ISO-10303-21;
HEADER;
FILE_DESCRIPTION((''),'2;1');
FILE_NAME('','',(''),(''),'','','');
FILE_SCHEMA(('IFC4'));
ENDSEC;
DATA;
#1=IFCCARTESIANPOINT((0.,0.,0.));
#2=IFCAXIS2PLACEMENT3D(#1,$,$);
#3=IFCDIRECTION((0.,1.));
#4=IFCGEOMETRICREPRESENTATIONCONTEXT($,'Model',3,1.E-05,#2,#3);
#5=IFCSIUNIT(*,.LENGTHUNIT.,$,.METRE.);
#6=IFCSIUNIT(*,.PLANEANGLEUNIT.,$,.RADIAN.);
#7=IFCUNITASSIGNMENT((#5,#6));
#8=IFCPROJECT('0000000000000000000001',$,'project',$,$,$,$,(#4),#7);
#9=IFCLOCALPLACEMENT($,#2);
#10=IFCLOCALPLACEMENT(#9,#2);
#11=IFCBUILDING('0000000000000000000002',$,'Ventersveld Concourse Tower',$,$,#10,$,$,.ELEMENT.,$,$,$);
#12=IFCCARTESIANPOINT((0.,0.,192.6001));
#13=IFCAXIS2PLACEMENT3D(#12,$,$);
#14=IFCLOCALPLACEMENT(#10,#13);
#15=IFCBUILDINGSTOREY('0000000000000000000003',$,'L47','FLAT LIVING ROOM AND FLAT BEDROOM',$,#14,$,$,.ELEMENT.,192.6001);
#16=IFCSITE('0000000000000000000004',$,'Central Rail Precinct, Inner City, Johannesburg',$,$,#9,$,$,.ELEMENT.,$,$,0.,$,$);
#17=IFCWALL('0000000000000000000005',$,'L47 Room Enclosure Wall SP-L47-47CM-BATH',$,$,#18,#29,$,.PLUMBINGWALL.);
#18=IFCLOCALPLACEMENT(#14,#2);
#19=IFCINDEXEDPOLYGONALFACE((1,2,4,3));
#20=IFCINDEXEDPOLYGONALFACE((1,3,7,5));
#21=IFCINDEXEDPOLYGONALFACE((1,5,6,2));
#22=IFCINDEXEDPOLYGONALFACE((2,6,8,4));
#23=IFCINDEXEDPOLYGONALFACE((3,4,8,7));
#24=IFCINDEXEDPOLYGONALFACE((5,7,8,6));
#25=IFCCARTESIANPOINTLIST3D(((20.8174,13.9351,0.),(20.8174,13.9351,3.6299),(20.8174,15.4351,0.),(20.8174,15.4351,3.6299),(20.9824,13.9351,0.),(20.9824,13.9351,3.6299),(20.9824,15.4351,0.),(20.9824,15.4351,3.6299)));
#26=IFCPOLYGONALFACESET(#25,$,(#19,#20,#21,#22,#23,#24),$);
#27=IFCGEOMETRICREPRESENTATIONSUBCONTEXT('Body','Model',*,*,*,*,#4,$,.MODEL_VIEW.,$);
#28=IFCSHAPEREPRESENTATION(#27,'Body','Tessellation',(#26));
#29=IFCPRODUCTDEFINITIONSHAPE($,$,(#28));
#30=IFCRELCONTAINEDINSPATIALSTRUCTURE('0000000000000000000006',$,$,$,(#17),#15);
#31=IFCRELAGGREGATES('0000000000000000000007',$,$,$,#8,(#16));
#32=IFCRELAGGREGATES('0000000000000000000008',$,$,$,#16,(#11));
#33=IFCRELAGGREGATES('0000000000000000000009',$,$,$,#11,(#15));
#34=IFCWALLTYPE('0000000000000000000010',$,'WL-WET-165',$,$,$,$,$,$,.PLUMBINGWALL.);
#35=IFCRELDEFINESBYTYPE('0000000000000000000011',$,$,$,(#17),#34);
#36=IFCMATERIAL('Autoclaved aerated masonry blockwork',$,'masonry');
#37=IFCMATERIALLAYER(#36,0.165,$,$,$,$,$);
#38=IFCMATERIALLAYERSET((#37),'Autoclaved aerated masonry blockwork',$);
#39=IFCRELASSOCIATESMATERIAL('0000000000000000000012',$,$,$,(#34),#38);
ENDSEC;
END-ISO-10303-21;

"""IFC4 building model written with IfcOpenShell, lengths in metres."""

from ifc_helpers import new_model, si_unit, direction, frame, frame_2d, origin, place, context, subcontext, project, spatial, rectangle, extrude, material, layer, layer_set, type_object, element, save


model = new_model("IFC4")

# Units and contexts
model_context = context("Model", 3, precision=1e-05, world=origin(), true_north=direction((0.0, 1.0)))
body_context = subcontext(model_context, "Body", "Model", "MODEL_VIEW")
ifc_project = project(units=[si_unit("LENGTHUNIT", "METRE"), si_unit("PLANEANGLEUNIT", "RADIAN")], contexts=[model_context])

# Site, building, storey
site_placement = place(None, origin())
site = spatial("IfcSite", under=ifc_project, at=site_placement, Name="Central Rail Precinct, Inner City, Johannesburg", CompositionType="ELEMENT", RefElevation=0.0)
building_placement = place(site_placement, origin())
building = spatial("IfcBuilding", under=site, at=building_placement, Name="Ventersveld Concourse Tower", CompositionType="ELEMENT")
storey_placement = place(building_placement, frame((0.0, 0.0, 192.6001)))
storey = spatial("IfcBuildingStorey", under=building, at=storey_placement, Name="L47", Description="FLAT LIVING ROOM AND FLAT BEDROOM", CompositionType="ELEMENT", Elevation=192.6001)

# Shared definitions
ifc_material_1 = material(Name="Autoclaved aerated masonry blockwork", Category="masonry")
ifc_layer_1 = layer(ifc_material_1, 0.165)
ifc_layer_set_1 = layer_set([ifc_layer_1], Name="Autoclaved aerated masonry blockwork")
wall_type_1 = type_object("IfcWallType", Name="WL-WET-165", PredefinedType="PLUMBINGWALL", material=ifc_layer_set_1)

# Wall
wall_1_placement = place(storey_placement, frame((20.8999, 13.9351, 0.0), z_axis=(0.0, 0.0, 1.0), x_axis=(0.0, 1.0, 0.0)))
element("IfcWall", 1, at=wall_1_placement, inside=storey, type_object=wall_type_1, Name="L47 Room Enclosure Wall SP-L47-47CM-BATH", PredefinedType="PLUMBINGWALL", context=body_context, shape_type="SweptSolid", body=[
    extrude(rectangle(XDim=1.5, YDim=0.165, at=frame_2d((0.75, 0.0))), origin(), (0.0, 0.0, 1.0), 3.6299),
])

save(model, "model.ifc")
